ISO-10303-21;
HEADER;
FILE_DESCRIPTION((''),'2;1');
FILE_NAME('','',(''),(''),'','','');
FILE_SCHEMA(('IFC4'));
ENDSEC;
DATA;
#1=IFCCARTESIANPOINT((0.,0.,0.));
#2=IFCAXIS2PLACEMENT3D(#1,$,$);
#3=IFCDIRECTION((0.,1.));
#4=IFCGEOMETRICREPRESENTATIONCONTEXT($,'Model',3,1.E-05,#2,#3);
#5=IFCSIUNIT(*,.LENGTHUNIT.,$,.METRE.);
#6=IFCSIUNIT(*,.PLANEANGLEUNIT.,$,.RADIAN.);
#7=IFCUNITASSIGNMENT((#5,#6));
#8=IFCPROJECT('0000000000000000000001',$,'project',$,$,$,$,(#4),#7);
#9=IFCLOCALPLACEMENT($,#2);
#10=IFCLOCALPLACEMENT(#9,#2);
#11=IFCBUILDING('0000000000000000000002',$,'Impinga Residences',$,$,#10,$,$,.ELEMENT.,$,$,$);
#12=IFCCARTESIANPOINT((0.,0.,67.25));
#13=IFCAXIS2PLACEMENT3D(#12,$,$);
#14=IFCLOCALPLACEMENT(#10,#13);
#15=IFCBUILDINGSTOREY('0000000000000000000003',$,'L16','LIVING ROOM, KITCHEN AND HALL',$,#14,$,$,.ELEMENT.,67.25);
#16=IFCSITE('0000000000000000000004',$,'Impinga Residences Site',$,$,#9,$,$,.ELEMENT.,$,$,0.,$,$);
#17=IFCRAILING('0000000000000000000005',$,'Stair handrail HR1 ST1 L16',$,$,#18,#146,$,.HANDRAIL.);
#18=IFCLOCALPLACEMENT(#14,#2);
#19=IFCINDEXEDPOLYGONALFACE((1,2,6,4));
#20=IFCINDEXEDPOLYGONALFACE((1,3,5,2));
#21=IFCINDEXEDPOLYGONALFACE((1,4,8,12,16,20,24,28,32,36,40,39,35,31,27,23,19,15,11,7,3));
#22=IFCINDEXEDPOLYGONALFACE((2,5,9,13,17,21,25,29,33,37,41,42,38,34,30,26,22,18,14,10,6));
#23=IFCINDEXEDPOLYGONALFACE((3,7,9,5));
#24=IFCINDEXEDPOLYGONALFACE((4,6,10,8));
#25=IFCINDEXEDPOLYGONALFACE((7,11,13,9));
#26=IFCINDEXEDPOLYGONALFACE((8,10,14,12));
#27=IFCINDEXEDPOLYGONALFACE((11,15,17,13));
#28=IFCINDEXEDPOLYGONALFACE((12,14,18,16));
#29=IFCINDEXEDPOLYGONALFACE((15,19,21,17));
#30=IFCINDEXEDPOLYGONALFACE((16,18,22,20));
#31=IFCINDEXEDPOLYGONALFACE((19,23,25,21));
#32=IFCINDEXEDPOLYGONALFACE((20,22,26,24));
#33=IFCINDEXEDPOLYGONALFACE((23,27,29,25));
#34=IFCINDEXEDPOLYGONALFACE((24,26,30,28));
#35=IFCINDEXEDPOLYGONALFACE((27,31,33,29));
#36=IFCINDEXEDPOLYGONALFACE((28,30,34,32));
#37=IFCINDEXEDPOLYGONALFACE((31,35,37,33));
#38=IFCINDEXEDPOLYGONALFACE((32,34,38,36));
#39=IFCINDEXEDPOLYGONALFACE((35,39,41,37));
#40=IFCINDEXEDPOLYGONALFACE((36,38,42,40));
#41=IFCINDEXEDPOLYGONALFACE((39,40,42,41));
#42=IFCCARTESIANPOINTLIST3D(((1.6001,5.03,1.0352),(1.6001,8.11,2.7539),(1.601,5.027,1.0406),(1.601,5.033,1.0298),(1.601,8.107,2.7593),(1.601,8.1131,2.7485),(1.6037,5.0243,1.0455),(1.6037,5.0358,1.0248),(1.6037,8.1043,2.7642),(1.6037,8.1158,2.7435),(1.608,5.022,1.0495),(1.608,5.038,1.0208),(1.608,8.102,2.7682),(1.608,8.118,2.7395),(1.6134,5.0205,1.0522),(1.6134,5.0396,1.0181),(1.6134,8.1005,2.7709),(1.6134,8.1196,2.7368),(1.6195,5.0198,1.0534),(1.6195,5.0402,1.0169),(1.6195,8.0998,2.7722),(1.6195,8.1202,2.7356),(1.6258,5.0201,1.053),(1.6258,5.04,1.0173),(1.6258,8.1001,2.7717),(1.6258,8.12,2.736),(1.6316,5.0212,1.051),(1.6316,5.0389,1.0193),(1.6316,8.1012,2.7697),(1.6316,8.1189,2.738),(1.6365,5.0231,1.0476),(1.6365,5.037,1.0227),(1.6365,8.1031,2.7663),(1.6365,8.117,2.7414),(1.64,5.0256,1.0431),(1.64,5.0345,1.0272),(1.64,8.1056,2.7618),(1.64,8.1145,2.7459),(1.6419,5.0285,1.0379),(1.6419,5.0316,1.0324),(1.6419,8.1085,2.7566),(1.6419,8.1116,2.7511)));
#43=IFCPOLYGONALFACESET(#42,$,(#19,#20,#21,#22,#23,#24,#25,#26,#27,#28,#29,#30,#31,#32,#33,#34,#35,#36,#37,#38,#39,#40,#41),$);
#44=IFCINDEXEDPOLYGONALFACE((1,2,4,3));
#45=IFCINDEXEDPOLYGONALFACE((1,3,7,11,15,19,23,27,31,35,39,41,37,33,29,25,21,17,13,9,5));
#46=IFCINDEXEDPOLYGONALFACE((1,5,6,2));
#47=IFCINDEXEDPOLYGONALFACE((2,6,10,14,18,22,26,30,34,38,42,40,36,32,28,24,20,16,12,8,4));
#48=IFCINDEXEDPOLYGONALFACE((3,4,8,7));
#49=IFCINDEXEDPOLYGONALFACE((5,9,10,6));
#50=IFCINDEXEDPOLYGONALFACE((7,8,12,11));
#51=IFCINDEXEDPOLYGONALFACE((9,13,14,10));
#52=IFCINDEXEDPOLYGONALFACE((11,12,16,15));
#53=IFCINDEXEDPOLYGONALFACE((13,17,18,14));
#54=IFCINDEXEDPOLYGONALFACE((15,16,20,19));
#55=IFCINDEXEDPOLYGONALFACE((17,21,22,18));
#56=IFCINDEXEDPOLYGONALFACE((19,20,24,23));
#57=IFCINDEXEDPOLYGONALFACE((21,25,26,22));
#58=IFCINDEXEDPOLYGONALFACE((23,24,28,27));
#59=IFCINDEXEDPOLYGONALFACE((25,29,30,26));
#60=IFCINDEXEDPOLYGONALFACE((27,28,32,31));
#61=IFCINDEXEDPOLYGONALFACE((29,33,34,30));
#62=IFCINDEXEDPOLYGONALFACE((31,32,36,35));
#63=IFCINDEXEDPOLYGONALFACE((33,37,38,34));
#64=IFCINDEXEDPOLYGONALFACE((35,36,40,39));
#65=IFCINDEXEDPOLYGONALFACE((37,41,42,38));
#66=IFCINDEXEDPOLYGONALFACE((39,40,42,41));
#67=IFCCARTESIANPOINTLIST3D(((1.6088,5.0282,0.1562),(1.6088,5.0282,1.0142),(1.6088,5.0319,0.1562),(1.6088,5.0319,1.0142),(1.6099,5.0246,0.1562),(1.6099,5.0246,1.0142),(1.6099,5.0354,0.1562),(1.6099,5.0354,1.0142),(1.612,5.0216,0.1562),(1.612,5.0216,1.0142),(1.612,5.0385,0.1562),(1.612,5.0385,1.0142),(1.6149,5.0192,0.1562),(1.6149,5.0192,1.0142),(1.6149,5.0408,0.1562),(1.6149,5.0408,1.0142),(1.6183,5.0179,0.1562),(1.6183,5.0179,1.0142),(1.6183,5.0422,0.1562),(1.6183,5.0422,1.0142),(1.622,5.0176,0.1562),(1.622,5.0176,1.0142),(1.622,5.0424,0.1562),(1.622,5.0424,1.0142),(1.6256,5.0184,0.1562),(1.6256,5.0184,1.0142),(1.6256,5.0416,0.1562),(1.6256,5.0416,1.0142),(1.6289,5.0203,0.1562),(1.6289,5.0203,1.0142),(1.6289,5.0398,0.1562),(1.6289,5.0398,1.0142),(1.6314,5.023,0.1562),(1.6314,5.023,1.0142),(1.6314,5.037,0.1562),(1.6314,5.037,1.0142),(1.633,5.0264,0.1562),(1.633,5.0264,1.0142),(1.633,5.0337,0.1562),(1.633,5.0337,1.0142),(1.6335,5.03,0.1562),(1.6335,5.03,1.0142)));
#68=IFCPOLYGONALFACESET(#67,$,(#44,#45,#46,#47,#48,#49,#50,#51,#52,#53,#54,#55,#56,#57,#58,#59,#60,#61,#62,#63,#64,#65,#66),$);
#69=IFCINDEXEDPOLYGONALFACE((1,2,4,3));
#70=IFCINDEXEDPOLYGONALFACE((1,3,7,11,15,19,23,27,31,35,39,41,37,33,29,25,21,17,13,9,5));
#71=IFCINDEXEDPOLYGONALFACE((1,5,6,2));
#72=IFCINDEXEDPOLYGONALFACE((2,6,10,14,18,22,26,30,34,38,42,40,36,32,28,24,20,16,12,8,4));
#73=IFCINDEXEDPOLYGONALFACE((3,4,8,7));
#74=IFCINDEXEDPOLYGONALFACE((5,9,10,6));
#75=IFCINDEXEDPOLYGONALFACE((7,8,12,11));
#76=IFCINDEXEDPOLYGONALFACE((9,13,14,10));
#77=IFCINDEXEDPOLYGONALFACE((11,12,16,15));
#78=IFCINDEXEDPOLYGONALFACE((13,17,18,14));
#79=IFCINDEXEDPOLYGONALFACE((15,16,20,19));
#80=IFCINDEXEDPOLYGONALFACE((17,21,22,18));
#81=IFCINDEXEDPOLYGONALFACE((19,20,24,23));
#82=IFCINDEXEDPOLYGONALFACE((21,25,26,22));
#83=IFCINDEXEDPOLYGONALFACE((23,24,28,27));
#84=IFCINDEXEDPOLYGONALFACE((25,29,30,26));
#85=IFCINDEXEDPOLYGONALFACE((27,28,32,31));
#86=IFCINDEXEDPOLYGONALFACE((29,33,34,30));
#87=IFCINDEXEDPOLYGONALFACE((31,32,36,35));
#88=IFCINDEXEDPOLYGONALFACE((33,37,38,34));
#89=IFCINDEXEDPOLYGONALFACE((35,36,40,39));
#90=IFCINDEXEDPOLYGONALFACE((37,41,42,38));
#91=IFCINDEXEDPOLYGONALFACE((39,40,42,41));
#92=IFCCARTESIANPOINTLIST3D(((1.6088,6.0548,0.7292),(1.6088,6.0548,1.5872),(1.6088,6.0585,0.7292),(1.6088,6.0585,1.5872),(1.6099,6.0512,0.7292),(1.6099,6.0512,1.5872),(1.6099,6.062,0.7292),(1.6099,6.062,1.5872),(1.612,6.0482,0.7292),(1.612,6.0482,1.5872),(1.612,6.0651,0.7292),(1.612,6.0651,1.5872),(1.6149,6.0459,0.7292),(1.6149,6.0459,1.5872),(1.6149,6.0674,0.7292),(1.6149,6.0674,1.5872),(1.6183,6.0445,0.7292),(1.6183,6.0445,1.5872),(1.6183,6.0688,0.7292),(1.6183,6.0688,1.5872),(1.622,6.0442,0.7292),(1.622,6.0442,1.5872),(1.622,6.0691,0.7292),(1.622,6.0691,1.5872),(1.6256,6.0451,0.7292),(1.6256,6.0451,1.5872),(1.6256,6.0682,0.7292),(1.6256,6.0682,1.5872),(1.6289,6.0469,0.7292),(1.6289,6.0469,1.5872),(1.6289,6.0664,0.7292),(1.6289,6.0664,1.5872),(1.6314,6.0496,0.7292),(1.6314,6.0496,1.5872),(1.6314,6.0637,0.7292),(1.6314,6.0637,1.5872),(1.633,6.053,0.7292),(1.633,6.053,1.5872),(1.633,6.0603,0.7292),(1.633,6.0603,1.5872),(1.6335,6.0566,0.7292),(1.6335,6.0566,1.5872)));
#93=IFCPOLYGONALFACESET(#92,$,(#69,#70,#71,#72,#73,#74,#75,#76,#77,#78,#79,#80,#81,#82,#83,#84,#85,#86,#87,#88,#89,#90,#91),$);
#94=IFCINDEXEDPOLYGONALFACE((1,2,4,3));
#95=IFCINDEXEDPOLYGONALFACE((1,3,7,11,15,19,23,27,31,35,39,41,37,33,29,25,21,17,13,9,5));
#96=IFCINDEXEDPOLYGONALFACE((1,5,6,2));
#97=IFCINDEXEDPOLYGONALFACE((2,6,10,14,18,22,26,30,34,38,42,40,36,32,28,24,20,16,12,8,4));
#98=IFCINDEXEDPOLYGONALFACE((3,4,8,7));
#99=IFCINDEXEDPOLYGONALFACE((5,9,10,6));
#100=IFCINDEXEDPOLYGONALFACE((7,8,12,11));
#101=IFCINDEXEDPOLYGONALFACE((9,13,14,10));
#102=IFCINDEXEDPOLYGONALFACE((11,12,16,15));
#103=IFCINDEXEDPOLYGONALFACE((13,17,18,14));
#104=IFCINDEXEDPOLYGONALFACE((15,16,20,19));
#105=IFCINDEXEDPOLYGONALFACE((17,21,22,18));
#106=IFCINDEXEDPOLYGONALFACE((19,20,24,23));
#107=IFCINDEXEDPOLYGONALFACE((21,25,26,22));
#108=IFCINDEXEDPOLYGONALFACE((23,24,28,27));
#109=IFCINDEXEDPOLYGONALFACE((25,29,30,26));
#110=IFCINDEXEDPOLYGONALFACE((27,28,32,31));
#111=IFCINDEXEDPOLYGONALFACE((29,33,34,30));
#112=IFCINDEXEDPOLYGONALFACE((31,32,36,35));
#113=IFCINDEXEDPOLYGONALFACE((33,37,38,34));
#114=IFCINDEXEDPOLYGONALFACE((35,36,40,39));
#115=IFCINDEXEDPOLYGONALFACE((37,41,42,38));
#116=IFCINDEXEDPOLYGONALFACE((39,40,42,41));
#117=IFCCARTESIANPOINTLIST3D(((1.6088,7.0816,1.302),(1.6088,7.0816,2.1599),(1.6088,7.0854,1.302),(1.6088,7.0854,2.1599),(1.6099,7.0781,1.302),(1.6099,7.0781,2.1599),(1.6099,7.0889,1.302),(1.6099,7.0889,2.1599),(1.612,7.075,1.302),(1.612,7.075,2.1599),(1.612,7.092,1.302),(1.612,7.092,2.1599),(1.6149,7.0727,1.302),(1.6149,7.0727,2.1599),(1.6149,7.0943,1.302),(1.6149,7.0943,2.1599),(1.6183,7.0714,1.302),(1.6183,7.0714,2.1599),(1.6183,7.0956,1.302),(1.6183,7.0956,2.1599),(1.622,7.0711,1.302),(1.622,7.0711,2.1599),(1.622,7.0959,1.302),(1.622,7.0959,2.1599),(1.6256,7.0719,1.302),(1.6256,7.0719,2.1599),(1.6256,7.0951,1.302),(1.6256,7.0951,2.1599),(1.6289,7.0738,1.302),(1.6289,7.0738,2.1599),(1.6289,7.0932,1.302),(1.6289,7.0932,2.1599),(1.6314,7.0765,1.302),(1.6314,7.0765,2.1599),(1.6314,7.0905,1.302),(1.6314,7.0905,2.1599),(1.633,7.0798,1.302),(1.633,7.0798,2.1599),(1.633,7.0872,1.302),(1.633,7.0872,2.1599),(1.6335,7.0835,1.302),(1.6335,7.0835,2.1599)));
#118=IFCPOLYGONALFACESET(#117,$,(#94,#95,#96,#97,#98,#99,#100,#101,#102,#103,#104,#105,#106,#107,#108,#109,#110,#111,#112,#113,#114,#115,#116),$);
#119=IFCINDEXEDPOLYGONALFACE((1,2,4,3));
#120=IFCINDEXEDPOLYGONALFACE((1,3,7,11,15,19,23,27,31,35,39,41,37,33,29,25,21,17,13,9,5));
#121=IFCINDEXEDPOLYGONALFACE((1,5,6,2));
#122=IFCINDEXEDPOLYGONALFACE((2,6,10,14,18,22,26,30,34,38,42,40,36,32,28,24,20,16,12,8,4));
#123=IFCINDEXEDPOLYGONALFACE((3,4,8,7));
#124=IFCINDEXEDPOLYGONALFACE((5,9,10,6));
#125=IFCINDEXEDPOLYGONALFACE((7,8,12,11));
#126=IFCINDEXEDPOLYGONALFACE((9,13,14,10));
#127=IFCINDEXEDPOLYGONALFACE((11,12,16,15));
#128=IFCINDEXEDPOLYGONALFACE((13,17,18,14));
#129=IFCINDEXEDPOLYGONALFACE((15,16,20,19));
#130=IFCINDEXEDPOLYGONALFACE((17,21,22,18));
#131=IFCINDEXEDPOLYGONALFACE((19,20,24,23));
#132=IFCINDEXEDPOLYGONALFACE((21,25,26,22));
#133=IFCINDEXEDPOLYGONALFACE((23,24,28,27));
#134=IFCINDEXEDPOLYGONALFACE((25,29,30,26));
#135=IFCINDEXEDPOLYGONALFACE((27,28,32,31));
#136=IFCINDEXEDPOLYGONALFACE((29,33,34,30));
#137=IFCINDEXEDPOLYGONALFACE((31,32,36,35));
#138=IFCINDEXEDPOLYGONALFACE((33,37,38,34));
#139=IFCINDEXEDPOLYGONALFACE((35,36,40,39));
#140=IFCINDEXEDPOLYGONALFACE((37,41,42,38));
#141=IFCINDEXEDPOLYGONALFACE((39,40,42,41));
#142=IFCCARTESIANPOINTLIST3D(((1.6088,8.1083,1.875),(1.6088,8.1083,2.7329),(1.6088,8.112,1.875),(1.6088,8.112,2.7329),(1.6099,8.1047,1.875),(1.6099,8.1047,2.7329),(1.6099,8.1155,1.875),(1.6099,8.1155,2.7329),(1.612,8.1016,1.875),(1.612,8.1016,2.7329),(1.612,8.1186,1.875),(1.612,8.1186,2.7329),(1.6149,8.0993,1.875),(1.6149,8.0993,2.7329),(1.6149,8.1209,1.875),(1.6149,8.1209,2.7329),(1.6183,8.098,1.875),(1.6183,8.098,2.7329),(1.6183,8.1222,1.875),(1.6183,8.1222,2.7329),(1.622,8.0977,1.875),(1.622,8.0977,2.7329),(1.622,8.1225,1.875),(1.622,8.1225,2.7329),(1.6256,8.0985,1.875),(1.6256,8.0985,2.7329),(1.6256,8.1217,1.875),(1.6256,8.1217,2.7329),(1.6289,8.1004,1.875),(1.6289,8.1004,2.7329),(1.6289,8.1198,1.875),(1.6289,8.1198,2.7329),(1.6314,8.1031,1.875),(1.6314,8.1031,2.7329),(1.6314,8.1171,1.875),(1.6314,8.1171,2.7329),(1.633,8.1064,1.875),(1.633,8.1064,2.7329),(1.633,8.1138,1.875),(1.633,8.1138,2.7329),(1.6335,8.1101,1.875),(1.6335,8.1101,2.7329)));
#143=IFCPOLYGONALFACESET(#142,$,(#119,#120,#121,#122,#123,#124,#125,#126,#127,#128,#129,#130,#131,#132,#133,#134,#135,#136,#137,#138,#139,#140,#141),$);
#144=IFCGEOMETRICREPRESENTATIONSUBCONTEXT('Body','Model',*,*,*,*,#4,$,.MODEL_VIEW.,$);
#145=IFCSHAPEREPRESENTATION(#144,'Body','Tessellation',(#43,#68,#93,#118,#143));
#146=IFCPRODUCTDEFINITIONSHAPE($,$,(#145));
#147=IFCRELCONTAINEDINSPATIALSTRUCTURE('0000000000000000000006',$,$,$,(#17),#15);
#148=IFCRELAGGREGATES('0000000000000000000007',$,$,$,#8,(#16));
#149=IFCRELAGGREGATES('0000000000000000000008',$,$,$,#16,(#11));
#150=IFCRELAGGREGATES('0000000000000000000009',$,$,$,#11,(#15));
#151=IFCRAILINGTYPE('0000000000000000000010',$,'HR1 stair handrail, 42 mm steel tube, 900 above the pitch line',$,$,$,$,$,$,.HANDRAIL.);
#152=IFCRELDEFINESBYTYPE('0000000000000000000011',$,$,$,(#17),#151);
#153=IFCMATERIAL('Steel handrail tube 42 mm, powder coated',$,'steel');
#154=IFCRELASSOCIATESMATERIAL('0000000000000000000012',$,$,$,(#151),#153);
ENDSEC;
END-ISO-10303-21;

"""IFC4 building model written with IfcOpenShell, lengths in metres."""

from ifc_helpers import new_model, si_unit, direction, frame, origin, origin_2d, place, context, subcontext, project, spatial, circle, extrude, material, type_object, element, save


model = new_model("IFC4")

# Units and contexts
model_context = context("Model", 3, precision=1e-05, world=origin(), true_north=direction((0.0, 1.0)))
body_context = subcontext(model_context, "Body", "Model", "MODEL_VIEW")
ifc_project = project(units=[si_unit("LENGTHUNIT", "METRE"), si_unit("PLANEANGLEUNIT", "RADIAN")], contexts=[model_context])

# Site, building, storey
site_placement = place(None, origin())
site = spatial("IfcSite", under=ifc_project, at=site_placement, Name="Impinga Residences Site", CompositionType="ELEMENT", RefElevation=0.0)
building_placement = place(site_placement, origin())
building = spatial("IfcBuilding", under=site, at=building_placement, Name="Impinga Residences", CompositionType="ELEMENT")
storey_placement = place(building_placement, frame((0.0, 0.0, 67.25)))
storey = spatial("IfcBuildingStorey", under=building, at=storey_placement, Name="L16", Description="LIVING ROOM, KITCHEN AND HALL", CompositionType="ELEMENT", Elevation=67.25)

# Railing
ifc_material_1 = material(Name="Steel handrail tube 42 mm, powder coated", Category="steel")
railing_type_1 = type_object("IfcRailingType", Name="HR1 stair handrail, 42 mm steel tube, 900 above the pitch line", PredefinedType="HANDRAIL", material=ifc_material_1)
railing_1_placement = place(storey_placement, frame((1.6211, 5.03, 0.1562)))
element("IfcRailing", 1, at=railing_1_placement, inside=storey, type_object=railing_type_1, Name="Stair handrail HR1 ST1 L16", PredefinedType="HANDRAIL", context=body_context, shape_type="SweptSolid", body=[
    extrude(circle(Radius=0.021, at=origin_2d()), frame((0.0, 0.0, 0.8789), z_axis=(0.0, 0.873242, 0.487288), x_axis=(-1.0, 0.0, 0.0)), (0.0, 0.0, 1.0), 3.5271),
    extrude(circle(Radius=0.0125, at=origin_2d()), origin(), (0.0, 0.0, 1.0), 0.8579),
    extrude(circle(Radius=0.0125, at=origin_2d()), frame((0.0, 1.0266, 0.573)), (0.0, 0.0, 1.0), 0.8579),
    extrude(circle(Radius=0.0125, at=origin_2d()), frame((0.0, 2.0535, 1.1458)), (0.0, 0.0, 1.0), 0.8579),
    extrude(circle(Radius=0.0125, at=origin_2d()), frame((0.0, 3.0801, 1.7188)), (0.0, 0.0, 1.0), 0.8579),
])

save(model, "model.ifc")
